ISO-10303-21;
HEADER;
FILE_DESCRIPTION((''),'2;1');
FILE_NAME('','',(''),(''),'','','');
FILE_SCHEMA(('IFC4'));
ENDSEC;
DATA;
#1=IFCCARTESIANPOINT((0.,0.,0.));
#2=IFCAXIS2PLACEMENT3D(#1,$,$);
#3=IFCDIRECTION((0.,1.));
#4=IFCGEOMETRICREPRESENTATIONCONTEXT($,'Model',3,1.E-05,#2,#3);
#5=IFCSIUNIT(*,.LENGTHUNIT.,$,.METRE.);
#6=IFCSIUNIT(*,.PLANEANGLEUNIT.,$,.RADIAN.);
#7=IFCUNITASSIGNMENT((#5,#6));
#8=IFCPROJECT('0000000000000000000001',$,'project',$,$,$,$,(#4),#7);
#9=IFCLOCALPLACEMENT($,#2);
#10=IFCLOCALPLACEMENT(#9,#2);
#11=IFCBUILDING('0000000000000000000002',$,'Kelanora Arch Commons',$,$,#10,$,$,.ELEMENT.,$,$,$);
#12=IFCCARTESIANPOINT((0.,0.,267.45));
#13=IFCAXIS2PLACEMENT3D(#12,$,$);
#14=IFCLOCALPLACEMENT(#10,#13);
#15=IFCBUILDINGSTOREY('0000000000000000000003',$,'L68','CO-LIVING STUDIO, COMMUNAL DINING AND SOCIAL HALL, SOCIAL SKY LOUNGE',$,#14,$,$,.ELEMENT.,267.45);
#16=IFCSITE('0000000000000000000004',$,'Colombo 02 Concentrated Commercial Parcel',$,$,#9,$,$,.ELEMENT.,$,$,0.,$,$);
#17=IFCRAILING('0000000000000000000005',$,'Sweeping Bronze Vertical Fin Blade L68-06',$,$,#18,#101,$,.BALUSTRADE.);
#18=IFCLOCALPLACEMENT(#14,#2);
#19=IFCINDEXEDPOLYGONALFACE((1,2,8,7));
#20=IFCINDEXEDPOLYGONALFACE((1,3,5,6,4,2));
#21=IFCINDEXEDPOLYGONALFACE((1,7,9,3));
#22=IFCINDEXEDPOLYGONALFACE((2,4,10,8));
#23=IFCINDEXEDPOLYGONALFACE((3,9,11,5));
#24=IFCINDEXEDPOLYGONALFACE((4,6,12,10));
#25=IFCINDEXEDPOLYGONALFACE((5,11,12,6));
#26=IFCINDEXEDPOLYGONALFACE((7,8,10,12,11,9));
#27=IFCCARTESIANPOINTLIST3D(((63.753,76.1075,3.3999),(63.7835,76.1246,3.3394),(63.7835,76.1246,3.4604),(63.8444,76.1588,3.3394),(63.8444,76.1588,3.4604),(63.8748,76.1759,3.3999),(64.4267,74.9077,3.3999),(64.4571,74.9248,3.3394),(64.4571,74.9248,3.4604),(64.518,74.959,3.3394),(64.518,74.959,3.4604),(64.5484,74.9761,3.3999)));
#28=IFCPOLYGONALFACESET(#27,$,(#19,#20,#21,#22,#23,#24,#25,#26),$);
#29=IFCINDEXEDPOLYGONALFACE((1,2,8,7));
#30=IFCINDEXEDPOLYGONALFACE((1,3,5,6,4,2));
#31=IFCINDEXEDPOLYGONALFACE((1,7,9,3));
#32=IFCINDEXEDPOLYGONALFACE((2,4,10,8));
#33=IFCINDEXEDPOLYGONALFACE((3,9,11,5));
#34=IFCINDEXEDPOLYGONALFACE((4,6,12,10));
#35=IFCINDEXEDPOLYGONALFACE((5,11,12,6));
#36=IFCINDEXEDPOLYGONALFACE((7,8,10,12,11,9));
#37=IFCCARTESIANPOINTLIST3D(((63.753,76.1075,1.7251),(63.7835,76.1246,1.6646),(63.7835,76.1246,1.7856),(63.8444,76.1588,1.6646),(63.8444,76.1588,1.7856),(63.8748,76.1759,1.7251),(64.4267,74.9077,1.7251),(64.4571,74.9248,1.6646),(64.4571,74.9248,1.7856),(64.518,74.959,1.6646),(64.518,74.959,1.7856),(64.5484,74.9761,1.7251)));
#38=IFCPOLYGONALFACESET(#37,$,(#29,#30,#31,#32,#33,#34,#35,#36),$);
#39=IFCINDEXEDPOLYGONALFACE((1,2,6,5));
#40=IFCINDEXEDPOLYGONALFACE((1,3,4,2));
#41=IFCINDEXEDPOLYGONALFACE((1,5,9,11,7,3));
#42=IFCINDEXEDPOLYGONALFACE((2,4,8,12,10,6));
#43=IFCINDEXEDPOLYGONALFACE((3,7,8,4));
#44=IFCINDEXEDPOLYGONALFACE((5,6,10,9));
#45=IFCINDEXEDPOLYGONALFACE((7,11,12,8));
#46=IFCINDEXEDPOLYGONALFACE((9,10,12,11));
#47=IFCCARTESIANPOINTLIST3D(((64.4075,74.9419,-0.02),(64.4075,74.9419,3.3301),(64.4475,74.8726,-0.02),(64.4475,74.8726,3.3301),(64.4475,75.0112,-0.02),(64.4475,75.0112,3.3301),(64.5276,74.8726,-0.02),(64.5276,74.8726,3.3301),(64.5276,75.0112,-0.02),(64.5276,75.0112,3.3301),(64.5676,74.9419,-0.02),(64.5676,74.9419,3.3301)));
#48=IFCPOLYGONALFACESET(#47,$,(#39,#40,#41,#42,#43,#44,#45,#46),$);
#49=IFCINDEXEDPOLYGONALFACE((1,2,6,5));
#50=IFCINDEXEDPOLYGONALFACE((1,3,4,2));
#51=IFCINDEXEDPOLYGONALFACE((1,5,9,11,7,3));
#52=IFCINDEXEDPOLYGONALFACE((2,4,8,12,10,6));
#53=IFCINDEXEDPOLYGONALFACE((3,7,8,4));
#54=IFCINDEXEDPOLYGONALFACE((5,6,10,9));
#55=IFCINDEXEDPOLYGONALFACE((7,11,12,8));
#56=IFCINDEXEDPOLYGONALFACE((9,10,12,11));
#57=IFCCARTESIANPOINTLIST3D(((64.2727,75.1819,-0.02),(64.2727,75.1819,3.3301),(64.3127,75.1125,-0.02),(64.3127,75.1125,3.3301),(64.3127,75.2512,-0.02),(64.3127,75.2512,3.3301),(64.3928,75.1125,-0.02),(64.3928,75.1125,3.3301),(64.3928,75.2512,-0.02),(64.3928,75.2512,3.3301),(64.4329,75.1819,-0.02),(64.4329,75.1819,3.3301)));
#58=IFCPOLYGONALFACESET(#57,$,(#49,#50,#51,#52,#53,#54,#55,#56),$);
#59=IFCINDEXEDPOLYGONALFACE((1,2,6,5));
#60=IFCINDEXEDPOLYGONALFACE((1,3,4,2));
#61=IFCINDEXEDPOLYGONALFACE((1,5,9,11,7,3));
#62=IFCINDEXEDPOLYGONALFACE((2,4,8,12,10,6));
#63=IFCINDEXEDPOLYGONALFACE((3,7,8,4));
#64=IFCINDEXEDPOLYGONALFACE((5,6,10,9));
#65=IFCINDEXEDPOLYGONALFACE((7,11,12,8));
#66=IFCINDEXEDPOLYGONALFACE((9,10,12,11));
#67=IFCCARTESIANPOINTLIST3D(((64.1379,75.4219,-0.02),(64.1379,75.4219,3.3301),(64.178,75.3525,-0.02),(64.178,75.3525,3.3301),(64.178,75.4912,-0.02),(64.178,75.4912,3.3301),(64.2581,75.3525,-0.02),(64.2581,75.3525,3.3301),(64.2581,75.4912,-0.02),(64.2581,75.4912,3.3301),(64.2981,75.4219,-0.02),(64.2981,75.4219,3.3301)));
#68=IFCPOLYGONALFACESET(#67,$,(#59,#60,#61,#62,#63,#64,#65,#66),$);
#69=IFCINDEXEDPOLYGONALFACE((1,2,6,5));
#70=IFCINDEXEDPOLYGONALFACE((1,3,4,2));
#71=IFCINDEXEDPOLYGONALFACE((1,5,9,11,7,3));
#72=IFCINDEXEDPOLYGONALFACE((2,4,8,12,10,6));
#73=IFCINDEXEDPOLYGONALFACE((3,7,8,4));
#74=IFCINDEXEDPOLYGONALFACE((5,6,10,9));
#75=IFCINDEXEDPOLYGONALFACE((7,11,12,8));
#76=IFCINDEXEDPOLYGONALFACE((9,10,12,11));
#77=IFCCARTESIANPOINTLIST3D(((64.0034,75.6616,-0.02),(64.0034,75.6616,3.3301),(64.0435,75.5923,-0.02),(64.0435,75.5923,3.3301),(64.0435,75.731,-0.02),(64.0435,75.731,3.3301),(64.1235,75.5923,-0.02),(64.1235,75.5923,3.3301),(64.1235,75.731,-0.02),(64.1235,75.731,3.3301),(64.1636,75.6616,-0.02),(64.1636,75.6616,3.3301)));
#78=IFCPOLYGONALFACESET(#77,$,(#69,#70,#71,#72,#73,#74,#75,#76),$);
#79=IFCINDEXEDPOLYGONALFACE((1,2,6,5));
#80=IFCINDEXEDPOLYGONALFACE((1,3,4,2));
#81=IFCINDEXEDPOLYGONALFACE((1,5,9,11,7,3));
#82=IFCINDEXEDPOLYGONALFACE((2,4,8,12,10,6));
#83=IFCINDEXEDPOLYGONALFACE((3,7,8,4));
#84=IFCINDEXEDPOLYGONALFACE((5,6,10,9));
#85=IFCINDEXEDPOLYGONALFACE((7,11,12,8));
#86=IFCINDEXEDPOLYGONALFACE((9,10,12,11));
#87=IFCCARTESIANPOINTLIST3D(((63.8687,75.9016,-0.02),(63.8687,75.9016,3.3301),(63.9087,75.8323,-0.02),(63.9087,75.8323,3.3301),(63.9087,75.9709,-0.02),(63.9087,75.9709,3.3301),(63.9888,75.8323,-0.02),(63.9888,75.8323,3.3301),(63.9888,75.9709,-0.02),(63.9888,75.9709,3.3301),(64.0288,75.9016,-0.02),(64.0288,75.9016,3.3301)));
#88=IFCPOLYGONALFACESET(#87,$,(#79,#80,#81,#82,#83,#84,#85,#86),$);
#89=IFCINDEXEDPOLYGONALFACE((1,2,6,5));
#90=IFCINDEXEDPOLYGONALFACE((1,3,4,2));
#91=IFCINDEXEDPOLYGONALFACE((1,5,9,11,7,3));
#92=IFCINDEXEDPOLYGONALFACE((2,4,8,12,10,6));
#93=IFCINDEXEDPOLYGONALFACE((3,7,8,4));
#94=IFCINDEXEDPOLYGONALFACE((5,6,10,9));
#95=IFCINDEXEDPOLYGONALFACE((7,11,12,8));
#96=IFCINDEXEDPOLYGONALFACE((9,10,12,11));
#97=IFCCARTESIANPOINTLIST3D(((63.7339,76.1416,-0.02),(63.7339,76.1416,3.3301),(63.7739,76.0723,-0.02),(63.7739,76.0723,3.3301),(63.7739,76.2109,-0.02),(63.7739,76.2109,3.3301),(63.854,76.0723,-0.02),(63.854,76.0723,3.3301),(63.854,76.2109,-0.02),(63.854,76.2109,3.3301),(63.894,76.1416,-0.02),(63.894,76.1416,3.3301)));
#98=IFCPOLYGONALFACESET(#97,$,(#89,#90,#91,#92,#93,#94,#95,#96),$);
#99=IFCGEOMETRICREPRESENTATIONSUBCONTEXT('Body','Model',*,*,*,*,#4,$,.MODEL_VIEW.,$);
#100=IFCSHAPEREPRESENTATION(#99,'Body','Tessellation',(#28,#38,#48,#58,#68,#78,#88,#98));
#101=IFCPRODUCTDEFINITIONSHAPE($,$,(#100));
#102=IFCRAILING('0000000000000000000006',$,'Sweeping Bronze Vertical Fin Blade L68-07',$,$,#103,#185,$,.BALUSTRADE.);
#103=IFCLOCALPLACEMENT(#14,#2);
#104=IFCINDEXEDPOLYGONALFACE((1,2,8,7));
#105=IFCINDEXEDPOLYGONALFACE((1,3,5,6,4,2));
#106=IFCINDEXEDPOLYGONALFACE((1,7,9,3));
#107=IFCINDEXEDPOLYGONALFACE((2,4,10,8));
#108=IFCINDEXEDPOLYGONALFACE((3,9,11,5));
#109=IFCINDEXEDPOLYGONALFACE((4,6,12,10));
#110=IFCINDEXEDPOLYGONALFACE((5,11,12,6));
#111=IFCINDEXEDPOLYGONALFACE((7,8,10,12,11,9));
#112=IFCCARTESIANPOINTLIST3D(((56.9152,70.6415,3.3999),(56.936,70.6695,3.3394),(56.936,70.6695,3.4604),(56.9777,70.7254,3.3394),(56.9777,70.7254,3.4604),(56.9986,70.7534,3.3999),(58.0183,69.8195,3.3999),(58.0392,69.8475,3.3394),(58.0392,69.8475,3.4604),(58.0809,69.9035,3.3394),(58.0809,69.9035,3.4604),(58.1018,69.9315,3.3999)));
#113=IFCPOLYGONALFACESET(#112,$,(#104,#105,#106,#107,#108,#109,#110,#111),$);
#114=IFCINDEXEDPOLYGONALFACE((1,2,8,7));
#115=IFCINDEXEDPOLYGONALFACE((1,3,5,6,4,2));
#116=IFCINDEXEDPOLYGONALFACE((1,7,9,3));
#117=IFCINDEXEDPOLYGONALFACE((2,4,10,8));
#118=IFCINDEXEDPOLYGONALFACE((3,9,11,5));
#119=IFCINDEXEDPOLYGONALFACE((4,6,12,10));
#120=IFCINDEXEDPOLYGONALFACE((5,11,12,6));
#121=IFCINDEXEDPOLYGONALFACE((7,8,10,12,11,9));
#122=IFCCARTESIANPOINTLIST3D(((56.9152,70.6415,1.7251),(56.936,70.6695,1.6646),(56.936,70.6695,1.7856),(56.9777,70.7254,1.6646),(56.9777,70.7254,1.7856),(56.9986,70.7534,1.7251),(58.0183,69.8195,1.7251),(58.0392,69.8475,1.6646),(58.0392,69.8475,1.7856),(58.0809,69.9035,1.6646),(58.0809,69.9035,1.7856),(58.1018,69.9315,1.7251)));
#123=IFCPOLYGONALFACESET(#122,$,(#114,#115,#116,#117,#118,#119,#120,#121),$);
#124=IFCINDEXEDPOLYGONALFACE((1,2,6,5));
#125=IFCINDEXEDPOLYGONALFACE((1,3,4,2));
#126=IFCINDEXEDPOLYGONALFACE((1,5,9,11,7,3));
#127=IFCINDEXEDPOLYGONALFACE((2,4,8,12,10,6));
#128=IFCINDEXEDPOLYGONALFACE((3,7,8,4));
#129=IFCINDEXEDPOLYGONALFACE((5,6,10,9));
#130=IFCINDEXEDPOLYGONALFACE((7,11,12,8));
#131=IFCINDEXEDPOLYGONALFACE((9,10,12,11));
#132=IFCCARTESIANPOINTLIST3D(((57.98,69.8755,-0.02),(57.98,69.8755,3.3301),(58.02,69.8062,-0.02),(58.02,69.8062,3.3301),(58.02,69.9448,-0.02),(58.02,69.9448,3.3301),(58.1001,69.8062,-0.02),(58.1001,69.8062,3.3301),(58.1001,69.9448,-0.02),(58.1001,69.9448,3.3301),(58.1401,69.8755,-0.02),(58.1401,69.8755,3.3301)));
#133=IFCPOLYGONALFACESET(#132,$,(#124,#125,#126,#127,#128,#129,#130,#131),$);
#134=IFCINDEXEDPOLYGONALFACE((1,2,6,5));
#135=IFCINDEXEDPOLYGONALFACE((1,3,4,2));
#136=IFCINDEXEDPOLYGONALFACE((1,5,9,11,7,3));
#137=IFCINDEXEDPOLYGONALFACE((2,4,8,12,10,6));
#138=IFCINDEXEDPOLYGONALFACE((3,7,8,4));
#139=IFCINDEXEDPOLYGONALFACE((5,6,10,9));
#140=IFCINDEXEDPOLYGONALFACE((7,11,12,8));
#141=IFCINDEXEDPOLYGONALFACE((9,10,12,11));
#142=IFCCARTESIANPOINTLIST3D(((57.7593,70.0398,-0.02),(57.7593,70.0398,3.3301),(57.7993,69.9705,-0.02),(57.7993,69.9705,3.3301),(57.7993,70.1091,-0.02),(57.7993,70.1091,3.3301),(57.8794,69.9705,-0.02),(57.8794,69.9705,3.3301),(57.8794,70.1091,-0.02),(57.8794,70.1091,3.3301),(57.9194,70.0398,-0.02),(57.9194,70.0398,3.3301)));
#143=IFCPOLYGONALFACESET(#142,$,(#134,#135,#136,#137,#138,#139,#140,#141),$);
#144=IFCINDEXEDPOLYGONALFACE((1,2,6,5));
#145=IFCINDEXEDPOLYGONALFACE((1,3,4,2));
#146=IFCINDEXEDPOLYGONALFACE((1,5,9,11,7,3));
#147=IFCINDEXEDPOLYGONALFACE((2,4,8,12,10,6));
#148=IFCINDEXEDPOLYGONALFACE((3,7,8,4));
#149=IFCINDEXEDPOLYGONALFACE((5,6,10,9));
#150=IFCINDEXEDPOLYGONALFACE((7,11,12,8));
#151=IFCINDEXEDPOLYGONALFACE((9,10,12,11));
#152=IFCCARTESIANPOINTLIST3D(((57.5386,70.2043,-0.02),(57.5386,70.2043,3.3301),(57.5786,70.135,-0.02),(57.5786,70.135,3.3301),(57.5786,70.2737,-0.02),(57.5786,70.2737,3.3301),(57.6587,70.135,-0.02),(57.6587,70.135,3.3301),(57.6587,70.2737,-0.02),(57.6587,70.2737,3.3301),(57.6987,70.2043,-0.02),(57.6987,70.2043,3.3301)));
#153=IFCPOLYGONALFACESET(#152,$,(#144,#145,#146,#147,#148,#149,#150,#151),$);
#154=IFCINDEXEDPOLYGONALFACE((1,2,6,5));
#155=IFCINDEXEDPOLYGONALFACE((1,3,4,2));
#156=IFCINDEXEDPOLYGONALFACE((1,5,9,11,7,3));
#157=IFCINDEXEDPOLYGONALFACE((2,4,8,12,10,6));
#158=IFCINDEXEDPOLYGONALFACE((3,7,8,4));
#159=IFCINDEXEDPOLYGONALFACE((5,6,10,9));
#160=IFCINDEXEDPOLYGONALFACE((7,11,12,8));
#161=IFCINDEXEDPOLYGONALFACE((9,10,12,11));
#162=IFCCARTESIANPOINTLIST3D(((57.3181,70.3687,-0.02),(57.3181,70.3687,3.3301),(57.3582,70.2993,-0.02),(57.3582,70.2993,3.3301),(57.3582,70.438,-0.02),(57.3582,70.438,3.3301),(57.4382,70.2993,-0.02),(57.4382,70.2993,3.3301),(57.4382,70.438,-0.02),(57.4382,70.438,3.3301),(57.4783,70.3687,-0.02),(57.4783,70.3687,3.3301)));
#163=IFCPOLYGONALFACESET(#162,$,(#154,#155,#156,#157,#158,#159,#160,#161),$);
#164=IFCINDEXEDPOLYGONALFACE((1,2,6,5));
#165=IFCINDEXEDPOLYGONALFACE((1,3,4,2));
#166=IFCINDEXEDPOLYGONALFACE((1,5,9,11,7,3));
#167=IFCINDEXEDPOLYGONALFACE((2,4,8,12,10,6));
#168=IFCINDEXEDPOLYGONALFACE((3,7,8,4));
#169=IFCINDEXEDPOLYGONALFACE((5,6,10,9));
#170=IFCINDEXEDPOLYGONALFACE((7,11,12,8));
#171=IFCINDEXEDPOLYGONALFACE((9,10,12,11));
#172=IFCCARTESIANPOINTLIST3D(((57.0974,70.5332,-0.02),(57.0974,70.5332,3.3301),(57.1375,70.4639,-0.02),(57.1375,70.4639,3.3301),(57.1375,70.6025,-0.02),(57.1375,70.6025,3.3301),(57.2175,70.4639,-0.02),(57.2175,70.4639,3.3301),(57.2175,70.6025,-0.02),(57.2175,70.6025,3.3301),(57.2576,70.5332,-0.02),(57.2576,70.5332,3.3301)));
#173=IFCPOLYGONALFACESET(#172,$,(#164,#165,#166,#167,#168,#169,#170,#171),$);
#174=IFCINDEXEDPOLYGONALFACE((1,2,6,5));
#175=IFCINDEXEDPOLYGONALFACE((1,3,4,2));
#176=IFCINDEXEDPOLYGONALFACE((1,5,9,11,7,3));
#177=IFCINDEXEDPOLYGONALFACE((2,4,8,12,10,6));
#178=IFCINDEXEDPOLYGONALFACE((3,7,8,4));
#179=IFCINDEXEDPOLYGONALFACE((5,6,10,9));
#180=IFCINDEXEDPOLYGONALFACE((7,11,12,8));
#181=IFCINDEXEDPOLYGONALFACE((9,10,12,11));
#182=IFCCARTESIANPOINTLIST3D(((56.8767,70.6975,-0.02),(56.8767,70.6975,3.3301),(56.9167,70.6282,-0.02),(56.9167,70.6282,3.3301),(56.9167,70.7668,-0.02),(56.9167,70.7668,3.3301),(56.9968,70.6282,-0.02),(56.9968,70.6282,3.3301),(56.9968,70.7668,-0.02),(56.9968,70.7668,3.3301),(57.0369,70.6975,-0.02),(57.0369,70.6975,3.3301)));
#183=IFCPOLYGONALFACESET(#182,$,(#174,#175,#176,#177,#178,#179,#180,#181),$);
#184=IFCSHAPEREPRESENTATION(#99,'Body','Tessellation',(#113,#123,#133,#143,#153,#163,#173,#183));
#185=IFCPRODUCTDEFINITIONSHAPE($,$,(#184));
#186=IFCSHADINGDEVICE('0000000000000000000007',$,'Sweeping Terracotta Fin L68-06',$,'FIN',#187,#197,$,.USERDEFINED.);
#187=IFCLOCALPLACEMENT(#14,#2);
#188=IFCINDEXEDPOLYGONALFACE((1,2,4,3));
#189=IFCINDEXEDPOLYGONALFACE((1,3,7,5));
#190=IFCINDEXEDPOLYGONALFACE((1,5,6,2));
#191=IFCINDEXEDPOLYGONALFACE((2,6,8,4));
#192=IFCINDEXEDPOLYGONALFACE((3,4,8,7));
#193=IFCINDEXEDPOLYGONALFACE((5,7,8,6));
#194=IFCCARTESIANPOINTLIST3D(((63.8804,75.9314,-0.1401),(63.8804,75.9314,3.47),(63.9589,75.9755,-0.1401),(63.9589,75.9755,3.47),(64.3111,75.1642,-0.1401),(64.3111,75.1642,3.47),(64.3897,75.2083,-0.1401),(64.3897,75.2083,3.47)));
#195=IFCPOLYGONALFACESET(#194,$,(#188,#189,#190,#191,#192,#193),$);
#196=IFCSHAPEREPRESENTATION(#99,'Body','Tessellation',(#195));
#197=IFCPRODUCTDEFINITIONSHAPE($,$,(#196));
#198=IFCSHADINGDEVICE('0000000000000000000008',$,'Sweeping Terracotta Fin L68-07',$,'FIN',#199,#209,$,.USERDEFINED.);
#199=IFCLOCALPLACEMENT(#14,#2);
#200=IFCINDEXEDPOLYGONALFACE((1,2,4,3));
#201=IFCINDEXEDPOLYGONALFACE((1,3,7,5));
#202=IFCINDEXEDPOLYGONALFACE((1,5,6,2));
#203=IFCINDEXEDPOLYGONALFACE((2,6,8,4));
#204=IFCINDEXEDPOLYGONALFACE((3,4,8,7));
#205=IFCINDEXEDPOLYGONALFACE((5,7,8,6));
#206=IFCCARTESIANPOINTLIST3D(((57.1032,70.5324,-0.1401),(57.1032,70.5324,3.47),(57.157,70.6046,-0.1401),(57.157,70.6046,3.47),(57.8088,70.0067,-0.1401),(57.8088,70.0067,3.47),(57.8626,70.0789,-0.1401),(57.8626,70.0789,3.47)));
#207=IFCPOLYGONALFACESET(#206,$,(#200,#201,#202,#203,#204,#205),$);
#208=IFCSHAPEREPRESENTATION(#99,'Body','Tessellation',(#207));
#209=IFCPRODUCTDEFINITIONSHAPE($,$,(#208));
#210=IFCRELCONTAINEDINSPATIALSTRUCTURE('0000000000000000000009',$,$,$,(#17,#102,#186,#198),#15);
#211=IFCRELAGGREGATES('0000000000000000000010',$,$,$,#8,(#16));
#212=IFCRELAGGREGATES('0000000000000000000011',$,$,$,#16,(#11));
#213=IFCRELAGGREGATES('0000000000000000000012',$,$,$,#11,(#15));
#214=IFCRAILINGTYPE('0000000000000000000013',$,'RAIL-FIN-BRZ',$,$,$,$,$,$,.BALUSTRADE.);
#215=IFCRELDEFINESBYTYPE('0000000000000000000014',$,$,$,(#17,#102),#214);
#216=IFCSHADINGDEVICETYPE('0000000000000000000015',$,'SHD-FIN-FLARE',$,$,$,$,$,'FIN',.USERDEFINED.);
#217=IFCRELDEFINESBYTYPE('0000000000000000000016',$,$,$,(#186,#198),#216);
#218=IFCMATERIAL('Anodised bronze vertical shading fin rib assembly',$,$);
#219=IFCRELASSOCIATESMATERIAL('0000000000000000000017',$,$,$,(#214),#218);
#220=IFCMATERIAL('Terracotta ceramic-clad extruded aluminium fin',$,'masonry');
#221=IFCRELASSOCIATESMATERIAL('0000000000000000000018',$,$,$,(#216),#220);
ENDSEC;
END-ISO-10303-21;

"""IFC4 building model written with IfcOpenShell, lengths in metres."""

from ifc_helpers import new_model, si_unit, direction, frame, origin, origin_2d, place, context, subcontext, project, spatial, polyline, rectangle, outline, extrude, source, transform, mapped, material, type_object, element, save


model = new_model("IFC4")

# Units and contexts
model_context = context("Model", 3, precision=1e-05, world=origin(), true_north=direction((0.0, 1.0)))
body_context = subcontext(model_context, "Body", "Model", "MODEL_VIEW")
ifc_project = project(units=[si_unit("LENGTHUNIT", "METRE"), si_unit("PLANEANGLEUNIT", "RADIAN")], contexts=[model_context])

# Site, building, storey
site_placement = place(None, origin())
site = spatial("IfcSite", under=ifc_project, at=site_placement, Name="Colombo 02 Concentrated Commercial Parcel", CompositionType="ELEMENT", RefElevation=0.0)
building_placement = place(site_placement, origin())
building = spatial("IfcBuilding", under=site, at=building_placement, Name="Kelanora Arch Commons", CompositionType="ELEMENT")
storey_placement = place(building_placement, frame((0.0, 0.0, 267.45)))
storey = spatial("IfcBuildingStorey", under=building, at=storey_placement, Name="L68", Description="CO-LIVING STUDIO, COMMUNAL DINING AND SOCIAL HALL, SOCIAL SKY LOUNGE", CompositionType="ELEMENT", Elevation=267.45)

# Railings
ifc_material_1 = material(Name="Anodised bronze vertical shading fin rib assembly")
railing_type = type_object("IfcRailingType", Name="RAIL-FIN-BRZ", PredefinedType="BALUSTRADE", material=ifc_material_1)
railing_1_placement = place(storey_placement, frame((64.4875, 74.9419, -0.02)))
element("IfcRailing", 1, at=railing_1_placement, inside=storey, type_object=railing_type, Name="Sweeping Bronze Vertical Fin Blade L68-06", PredefinedType="BALUSTRADE", context=body_context, shape_type="SweptSolid", body=[
    extrude(outline(polyline([(0.0698, 0.0), (0.0349, 0.0605), (-0.0349, 0.0605), (-0.0698, 0.0), (-0.0349, -0.0605), (0.0349, -0.0605), (0.0698, 0.0)])), frame((0.0, 0.0, 3.4199), z_axis=(-0.48957, 0.871964, 0.0), x_axis=(-0.871964, -0.48957, 0.0)), (0.0, 0.0, 1.0), 1.376),
    extrude(outline(polyline([(0.0698, 0.0), (0.0349, 0.0605), (-0.0349, 0.0605), (-0.0698, 0.0), (-0.0349, -0.0605), (0.0349, -0.0605), (0.0698, 0.0)])), frame((0.0, 0.0, 1.7451), z_axis=(-0.48957, 0.871964, 0.0), x_axis=(-0.871964, -0.48957, 0.0)), (0.0, 0.0, 1.0), 1.376),
    extrude(outline(polyline([(0.0801, 0.0), (0.04, 0.0693), (-0.04, 0.0693), (-0.0801, 0.0), (-0.04, -0.0693), (0.04, -0.0693), (0.0801, 0.0)])), origin(), (0.0, 0.0, 1.0), 3.3501),
    extrude(outline(polyline([(0.0801, 0.0), (0.04, 0.0693), (-0.04, 0.0693), (-0.0801, 0.0), (-0.04, -0.0693), (0.04, -0.0693), (0.0801, 0.0)])), frame((-0.1348, 0.24, 0.0)), (0.0, 0.0, 1.0), 3.3501),
    extrude(outline(polyline([(0.0801, 0.0), (0.04, 0.0693), (-0.04, 0.0693), (-0.0801, 0.0), (-0.04, -0.0693), (0.04, -0.0693), (0.0801, 0.0)])), frame((-0.2695, 0.48, 0.0)), (0.0, 0.0, 1.0), 3.3501),
    extrude(outline(polyline([(0.0801, 0.0), (0.04, 0.0693), (-0.04, 0.0693), (-0.0801, 0.0), (-0.04, -0.0693), (0.04, -0.0693), (0.0801, 0.0)])), frame((-0.4041, 0.7197, 0.0)), (0.0, 0.0, 1.0), 3.3501),
    extrude(outline(polyline([(0.0801, 0.0), (0.04, 0.0693), (-0.04, 0.0693), (-0.0801, 0.0), (-0.04, -0.0693), (0.04, -0.0693), (0.0801, 0.0)])), frame((-0.5388, 0.9597, 0.0)), (0.0, 0.0, 1.0), 3.3501),
    extrude(outline(polyline([(0.0801, 0.0), (0.04, 0.0693), (-0.04, 0.0693), (-0.0801, 0.0), (-0.04, -0.0693), (0.04, -0.0693), (0.0801, 0.0)])), frame((-0.6736, 1.1997, 0.0)), (0.0, 0.0, 1.0), 3.3501),
])
railing_2_placement = place(storey_placement, frame((58.0601, 69.8755, -0.02)))
element("IfcRailing", 2, at=railing_2_placement, inside=storey, type_object=railing_type, Name="Sweeping Bronze Vertical Fin Blade L68-07", PredefinedType="BALUSTRADE", context=body_context, shape_type="SweptSolid", body=[
    extrude(outline(polyline([(0.0698, 0.0), (0.0349, 0.0605), (-0.0349, 0.0605), (-0.0698, 0.0), (-0.0349, -0.0605), (0.0349, -0.0605), (0.0698, 0.0)])), frame((0.0, 0.0, 3.4199), z_axis=(-0.801891, 0.59747, 0.0), x_axis=(-0.59747, -0.801891, 0.0)), (0.0, 0.0, 1.0), 1.3757),
    extrude(outline(polyline([(0.0698, 0.0), (0.0349, 0.0605), (-0.0349, 0.0605), (-0.0698, 0.0), (-0.0349, -0.0605), (0.0349, -0.0605), (0.0698, 0.0)])), frame((0.0, 0.0, 1.7451), z_axis=(-0.801891, 0.59747, 0.0), x_axis=(-0.59747, -0.801891, 0.0)), (0.0, 0.0, 1.0), 1.3757),
    extrude(outline(polyline([(0.0801, 0.0), (0.04, 0.0693), (-0.04, 0.0693), (-0.0801, 0.0), (-0.04, -0.0693), (0.04, -0.0693), (0.0801, 0.0)])), origin(), (0.0, 0.0, 1.0), 3.3501),
    extrude(outline(polyline([(0.0801, 0.0), (0.04, 0.0693), (-0.04, 0.0693), (-0.0801, 0.0), (-0.04, -0.0693), (0.04, -0.0693), (0.0801, 0.0)])), frame((-0.2207, 0.1643, 0.0)), (0.0, 0.0, 1.0), 3.3501),
    extrude(outline(polyline([(0.0801, 0.0), (0.04, 0.0693), (-0.04, 0.0693), (-0.0801, 0.0), (-0.04, -0.0693), (0.04, -0.0693), (0.0801, 0.0)])), frame((-0.4414, 0.3289, 0.0)), (0.0, 0.0, 1.0), 3.3501),
    extrude(outline(polyline([(0.0801, 0.0), (0.04, 0.0693), (-0.04, 0.0693), (-0.0801, 0.0), (-0.04, -0.0693), (0.04, -0.0693), (0.0801, 0.0)])), frame((-0.6619, 0.4932, 0.0)), (0.0, 0.0, 1.0), 3.3501),
    extrude(outline(polyline([(0.0801, 0.0), (0.04, 0.0693), (-0.04, 0.0693), (-0.0801, 0.0), (-0.04, -0.0693), (0.04, -0.0693), (0.0801, 0.0)])), frame((-0.8826, 0.6577, 0.0)), (0.0, 0.0, 1.0), 3.3501),
    extrude(outline(polyline([(0.0801, 0.0), (0.04, 0.0693), (-0.04, 0.0693), (-0.0801, 0.0), (-0.04, -0.0693), (0.04, -0.0693), (0.0801, 0.0)])), frame((-1.1033, 0.822, 0.0)), (0.0, 0.0, 1.0), 3.3501),
])

# Shading devices
ifc_material_2 = material(Name="Terracotta ceramic-clad extruded aluminium fin", Category="masonry")
shading_device_type = type_object("IfcShadingDeviceType", Name="SHD-FIN-FLARE", ElementType="FIN", PredefinedType="USERDEFINED", material=ifc_material_2)
shared_shape_1 = source(origin(), body_context, "Body", "SweptSolid", [
    extrude(rectangle(XDim=0.8799, YDim=0.0901, at=origin_2d()), origin(), (0.0, 0.0, 1.0), 3.6101),
])
for number, where, z_axis, x_axis, name in (
    (3, (64.135, 75.5698, -0.1401), (0.0, 0.0, 1.0), (-0.489535, 0.871984, 0.0), "Sweeping Terracotta Fin L68-06"),
    (4, (57.4829, 70.3057, -0.1401), (0.0, 0.0, 1.0), (-0.80188, 0.597485, 0.0), "Sweeping Terracotta Fin L68-07"),
):
    element("IfcShadingDevice", number, at=place(storey_placement, frame(where, z_axis=z_axis, x_axis=x_axis)), inside=storey, type_object=shading_device_type, Name=name, ObjectType="FIN", PredefinedType="USERDEFINED", context=body_context, shape_type="MappedRepresentation", body=[
        mapped(shared_shape_1, transform((0.0, 0.0, 0.0), scale=1.0)),
    ])

save(model, "model.ifc")
